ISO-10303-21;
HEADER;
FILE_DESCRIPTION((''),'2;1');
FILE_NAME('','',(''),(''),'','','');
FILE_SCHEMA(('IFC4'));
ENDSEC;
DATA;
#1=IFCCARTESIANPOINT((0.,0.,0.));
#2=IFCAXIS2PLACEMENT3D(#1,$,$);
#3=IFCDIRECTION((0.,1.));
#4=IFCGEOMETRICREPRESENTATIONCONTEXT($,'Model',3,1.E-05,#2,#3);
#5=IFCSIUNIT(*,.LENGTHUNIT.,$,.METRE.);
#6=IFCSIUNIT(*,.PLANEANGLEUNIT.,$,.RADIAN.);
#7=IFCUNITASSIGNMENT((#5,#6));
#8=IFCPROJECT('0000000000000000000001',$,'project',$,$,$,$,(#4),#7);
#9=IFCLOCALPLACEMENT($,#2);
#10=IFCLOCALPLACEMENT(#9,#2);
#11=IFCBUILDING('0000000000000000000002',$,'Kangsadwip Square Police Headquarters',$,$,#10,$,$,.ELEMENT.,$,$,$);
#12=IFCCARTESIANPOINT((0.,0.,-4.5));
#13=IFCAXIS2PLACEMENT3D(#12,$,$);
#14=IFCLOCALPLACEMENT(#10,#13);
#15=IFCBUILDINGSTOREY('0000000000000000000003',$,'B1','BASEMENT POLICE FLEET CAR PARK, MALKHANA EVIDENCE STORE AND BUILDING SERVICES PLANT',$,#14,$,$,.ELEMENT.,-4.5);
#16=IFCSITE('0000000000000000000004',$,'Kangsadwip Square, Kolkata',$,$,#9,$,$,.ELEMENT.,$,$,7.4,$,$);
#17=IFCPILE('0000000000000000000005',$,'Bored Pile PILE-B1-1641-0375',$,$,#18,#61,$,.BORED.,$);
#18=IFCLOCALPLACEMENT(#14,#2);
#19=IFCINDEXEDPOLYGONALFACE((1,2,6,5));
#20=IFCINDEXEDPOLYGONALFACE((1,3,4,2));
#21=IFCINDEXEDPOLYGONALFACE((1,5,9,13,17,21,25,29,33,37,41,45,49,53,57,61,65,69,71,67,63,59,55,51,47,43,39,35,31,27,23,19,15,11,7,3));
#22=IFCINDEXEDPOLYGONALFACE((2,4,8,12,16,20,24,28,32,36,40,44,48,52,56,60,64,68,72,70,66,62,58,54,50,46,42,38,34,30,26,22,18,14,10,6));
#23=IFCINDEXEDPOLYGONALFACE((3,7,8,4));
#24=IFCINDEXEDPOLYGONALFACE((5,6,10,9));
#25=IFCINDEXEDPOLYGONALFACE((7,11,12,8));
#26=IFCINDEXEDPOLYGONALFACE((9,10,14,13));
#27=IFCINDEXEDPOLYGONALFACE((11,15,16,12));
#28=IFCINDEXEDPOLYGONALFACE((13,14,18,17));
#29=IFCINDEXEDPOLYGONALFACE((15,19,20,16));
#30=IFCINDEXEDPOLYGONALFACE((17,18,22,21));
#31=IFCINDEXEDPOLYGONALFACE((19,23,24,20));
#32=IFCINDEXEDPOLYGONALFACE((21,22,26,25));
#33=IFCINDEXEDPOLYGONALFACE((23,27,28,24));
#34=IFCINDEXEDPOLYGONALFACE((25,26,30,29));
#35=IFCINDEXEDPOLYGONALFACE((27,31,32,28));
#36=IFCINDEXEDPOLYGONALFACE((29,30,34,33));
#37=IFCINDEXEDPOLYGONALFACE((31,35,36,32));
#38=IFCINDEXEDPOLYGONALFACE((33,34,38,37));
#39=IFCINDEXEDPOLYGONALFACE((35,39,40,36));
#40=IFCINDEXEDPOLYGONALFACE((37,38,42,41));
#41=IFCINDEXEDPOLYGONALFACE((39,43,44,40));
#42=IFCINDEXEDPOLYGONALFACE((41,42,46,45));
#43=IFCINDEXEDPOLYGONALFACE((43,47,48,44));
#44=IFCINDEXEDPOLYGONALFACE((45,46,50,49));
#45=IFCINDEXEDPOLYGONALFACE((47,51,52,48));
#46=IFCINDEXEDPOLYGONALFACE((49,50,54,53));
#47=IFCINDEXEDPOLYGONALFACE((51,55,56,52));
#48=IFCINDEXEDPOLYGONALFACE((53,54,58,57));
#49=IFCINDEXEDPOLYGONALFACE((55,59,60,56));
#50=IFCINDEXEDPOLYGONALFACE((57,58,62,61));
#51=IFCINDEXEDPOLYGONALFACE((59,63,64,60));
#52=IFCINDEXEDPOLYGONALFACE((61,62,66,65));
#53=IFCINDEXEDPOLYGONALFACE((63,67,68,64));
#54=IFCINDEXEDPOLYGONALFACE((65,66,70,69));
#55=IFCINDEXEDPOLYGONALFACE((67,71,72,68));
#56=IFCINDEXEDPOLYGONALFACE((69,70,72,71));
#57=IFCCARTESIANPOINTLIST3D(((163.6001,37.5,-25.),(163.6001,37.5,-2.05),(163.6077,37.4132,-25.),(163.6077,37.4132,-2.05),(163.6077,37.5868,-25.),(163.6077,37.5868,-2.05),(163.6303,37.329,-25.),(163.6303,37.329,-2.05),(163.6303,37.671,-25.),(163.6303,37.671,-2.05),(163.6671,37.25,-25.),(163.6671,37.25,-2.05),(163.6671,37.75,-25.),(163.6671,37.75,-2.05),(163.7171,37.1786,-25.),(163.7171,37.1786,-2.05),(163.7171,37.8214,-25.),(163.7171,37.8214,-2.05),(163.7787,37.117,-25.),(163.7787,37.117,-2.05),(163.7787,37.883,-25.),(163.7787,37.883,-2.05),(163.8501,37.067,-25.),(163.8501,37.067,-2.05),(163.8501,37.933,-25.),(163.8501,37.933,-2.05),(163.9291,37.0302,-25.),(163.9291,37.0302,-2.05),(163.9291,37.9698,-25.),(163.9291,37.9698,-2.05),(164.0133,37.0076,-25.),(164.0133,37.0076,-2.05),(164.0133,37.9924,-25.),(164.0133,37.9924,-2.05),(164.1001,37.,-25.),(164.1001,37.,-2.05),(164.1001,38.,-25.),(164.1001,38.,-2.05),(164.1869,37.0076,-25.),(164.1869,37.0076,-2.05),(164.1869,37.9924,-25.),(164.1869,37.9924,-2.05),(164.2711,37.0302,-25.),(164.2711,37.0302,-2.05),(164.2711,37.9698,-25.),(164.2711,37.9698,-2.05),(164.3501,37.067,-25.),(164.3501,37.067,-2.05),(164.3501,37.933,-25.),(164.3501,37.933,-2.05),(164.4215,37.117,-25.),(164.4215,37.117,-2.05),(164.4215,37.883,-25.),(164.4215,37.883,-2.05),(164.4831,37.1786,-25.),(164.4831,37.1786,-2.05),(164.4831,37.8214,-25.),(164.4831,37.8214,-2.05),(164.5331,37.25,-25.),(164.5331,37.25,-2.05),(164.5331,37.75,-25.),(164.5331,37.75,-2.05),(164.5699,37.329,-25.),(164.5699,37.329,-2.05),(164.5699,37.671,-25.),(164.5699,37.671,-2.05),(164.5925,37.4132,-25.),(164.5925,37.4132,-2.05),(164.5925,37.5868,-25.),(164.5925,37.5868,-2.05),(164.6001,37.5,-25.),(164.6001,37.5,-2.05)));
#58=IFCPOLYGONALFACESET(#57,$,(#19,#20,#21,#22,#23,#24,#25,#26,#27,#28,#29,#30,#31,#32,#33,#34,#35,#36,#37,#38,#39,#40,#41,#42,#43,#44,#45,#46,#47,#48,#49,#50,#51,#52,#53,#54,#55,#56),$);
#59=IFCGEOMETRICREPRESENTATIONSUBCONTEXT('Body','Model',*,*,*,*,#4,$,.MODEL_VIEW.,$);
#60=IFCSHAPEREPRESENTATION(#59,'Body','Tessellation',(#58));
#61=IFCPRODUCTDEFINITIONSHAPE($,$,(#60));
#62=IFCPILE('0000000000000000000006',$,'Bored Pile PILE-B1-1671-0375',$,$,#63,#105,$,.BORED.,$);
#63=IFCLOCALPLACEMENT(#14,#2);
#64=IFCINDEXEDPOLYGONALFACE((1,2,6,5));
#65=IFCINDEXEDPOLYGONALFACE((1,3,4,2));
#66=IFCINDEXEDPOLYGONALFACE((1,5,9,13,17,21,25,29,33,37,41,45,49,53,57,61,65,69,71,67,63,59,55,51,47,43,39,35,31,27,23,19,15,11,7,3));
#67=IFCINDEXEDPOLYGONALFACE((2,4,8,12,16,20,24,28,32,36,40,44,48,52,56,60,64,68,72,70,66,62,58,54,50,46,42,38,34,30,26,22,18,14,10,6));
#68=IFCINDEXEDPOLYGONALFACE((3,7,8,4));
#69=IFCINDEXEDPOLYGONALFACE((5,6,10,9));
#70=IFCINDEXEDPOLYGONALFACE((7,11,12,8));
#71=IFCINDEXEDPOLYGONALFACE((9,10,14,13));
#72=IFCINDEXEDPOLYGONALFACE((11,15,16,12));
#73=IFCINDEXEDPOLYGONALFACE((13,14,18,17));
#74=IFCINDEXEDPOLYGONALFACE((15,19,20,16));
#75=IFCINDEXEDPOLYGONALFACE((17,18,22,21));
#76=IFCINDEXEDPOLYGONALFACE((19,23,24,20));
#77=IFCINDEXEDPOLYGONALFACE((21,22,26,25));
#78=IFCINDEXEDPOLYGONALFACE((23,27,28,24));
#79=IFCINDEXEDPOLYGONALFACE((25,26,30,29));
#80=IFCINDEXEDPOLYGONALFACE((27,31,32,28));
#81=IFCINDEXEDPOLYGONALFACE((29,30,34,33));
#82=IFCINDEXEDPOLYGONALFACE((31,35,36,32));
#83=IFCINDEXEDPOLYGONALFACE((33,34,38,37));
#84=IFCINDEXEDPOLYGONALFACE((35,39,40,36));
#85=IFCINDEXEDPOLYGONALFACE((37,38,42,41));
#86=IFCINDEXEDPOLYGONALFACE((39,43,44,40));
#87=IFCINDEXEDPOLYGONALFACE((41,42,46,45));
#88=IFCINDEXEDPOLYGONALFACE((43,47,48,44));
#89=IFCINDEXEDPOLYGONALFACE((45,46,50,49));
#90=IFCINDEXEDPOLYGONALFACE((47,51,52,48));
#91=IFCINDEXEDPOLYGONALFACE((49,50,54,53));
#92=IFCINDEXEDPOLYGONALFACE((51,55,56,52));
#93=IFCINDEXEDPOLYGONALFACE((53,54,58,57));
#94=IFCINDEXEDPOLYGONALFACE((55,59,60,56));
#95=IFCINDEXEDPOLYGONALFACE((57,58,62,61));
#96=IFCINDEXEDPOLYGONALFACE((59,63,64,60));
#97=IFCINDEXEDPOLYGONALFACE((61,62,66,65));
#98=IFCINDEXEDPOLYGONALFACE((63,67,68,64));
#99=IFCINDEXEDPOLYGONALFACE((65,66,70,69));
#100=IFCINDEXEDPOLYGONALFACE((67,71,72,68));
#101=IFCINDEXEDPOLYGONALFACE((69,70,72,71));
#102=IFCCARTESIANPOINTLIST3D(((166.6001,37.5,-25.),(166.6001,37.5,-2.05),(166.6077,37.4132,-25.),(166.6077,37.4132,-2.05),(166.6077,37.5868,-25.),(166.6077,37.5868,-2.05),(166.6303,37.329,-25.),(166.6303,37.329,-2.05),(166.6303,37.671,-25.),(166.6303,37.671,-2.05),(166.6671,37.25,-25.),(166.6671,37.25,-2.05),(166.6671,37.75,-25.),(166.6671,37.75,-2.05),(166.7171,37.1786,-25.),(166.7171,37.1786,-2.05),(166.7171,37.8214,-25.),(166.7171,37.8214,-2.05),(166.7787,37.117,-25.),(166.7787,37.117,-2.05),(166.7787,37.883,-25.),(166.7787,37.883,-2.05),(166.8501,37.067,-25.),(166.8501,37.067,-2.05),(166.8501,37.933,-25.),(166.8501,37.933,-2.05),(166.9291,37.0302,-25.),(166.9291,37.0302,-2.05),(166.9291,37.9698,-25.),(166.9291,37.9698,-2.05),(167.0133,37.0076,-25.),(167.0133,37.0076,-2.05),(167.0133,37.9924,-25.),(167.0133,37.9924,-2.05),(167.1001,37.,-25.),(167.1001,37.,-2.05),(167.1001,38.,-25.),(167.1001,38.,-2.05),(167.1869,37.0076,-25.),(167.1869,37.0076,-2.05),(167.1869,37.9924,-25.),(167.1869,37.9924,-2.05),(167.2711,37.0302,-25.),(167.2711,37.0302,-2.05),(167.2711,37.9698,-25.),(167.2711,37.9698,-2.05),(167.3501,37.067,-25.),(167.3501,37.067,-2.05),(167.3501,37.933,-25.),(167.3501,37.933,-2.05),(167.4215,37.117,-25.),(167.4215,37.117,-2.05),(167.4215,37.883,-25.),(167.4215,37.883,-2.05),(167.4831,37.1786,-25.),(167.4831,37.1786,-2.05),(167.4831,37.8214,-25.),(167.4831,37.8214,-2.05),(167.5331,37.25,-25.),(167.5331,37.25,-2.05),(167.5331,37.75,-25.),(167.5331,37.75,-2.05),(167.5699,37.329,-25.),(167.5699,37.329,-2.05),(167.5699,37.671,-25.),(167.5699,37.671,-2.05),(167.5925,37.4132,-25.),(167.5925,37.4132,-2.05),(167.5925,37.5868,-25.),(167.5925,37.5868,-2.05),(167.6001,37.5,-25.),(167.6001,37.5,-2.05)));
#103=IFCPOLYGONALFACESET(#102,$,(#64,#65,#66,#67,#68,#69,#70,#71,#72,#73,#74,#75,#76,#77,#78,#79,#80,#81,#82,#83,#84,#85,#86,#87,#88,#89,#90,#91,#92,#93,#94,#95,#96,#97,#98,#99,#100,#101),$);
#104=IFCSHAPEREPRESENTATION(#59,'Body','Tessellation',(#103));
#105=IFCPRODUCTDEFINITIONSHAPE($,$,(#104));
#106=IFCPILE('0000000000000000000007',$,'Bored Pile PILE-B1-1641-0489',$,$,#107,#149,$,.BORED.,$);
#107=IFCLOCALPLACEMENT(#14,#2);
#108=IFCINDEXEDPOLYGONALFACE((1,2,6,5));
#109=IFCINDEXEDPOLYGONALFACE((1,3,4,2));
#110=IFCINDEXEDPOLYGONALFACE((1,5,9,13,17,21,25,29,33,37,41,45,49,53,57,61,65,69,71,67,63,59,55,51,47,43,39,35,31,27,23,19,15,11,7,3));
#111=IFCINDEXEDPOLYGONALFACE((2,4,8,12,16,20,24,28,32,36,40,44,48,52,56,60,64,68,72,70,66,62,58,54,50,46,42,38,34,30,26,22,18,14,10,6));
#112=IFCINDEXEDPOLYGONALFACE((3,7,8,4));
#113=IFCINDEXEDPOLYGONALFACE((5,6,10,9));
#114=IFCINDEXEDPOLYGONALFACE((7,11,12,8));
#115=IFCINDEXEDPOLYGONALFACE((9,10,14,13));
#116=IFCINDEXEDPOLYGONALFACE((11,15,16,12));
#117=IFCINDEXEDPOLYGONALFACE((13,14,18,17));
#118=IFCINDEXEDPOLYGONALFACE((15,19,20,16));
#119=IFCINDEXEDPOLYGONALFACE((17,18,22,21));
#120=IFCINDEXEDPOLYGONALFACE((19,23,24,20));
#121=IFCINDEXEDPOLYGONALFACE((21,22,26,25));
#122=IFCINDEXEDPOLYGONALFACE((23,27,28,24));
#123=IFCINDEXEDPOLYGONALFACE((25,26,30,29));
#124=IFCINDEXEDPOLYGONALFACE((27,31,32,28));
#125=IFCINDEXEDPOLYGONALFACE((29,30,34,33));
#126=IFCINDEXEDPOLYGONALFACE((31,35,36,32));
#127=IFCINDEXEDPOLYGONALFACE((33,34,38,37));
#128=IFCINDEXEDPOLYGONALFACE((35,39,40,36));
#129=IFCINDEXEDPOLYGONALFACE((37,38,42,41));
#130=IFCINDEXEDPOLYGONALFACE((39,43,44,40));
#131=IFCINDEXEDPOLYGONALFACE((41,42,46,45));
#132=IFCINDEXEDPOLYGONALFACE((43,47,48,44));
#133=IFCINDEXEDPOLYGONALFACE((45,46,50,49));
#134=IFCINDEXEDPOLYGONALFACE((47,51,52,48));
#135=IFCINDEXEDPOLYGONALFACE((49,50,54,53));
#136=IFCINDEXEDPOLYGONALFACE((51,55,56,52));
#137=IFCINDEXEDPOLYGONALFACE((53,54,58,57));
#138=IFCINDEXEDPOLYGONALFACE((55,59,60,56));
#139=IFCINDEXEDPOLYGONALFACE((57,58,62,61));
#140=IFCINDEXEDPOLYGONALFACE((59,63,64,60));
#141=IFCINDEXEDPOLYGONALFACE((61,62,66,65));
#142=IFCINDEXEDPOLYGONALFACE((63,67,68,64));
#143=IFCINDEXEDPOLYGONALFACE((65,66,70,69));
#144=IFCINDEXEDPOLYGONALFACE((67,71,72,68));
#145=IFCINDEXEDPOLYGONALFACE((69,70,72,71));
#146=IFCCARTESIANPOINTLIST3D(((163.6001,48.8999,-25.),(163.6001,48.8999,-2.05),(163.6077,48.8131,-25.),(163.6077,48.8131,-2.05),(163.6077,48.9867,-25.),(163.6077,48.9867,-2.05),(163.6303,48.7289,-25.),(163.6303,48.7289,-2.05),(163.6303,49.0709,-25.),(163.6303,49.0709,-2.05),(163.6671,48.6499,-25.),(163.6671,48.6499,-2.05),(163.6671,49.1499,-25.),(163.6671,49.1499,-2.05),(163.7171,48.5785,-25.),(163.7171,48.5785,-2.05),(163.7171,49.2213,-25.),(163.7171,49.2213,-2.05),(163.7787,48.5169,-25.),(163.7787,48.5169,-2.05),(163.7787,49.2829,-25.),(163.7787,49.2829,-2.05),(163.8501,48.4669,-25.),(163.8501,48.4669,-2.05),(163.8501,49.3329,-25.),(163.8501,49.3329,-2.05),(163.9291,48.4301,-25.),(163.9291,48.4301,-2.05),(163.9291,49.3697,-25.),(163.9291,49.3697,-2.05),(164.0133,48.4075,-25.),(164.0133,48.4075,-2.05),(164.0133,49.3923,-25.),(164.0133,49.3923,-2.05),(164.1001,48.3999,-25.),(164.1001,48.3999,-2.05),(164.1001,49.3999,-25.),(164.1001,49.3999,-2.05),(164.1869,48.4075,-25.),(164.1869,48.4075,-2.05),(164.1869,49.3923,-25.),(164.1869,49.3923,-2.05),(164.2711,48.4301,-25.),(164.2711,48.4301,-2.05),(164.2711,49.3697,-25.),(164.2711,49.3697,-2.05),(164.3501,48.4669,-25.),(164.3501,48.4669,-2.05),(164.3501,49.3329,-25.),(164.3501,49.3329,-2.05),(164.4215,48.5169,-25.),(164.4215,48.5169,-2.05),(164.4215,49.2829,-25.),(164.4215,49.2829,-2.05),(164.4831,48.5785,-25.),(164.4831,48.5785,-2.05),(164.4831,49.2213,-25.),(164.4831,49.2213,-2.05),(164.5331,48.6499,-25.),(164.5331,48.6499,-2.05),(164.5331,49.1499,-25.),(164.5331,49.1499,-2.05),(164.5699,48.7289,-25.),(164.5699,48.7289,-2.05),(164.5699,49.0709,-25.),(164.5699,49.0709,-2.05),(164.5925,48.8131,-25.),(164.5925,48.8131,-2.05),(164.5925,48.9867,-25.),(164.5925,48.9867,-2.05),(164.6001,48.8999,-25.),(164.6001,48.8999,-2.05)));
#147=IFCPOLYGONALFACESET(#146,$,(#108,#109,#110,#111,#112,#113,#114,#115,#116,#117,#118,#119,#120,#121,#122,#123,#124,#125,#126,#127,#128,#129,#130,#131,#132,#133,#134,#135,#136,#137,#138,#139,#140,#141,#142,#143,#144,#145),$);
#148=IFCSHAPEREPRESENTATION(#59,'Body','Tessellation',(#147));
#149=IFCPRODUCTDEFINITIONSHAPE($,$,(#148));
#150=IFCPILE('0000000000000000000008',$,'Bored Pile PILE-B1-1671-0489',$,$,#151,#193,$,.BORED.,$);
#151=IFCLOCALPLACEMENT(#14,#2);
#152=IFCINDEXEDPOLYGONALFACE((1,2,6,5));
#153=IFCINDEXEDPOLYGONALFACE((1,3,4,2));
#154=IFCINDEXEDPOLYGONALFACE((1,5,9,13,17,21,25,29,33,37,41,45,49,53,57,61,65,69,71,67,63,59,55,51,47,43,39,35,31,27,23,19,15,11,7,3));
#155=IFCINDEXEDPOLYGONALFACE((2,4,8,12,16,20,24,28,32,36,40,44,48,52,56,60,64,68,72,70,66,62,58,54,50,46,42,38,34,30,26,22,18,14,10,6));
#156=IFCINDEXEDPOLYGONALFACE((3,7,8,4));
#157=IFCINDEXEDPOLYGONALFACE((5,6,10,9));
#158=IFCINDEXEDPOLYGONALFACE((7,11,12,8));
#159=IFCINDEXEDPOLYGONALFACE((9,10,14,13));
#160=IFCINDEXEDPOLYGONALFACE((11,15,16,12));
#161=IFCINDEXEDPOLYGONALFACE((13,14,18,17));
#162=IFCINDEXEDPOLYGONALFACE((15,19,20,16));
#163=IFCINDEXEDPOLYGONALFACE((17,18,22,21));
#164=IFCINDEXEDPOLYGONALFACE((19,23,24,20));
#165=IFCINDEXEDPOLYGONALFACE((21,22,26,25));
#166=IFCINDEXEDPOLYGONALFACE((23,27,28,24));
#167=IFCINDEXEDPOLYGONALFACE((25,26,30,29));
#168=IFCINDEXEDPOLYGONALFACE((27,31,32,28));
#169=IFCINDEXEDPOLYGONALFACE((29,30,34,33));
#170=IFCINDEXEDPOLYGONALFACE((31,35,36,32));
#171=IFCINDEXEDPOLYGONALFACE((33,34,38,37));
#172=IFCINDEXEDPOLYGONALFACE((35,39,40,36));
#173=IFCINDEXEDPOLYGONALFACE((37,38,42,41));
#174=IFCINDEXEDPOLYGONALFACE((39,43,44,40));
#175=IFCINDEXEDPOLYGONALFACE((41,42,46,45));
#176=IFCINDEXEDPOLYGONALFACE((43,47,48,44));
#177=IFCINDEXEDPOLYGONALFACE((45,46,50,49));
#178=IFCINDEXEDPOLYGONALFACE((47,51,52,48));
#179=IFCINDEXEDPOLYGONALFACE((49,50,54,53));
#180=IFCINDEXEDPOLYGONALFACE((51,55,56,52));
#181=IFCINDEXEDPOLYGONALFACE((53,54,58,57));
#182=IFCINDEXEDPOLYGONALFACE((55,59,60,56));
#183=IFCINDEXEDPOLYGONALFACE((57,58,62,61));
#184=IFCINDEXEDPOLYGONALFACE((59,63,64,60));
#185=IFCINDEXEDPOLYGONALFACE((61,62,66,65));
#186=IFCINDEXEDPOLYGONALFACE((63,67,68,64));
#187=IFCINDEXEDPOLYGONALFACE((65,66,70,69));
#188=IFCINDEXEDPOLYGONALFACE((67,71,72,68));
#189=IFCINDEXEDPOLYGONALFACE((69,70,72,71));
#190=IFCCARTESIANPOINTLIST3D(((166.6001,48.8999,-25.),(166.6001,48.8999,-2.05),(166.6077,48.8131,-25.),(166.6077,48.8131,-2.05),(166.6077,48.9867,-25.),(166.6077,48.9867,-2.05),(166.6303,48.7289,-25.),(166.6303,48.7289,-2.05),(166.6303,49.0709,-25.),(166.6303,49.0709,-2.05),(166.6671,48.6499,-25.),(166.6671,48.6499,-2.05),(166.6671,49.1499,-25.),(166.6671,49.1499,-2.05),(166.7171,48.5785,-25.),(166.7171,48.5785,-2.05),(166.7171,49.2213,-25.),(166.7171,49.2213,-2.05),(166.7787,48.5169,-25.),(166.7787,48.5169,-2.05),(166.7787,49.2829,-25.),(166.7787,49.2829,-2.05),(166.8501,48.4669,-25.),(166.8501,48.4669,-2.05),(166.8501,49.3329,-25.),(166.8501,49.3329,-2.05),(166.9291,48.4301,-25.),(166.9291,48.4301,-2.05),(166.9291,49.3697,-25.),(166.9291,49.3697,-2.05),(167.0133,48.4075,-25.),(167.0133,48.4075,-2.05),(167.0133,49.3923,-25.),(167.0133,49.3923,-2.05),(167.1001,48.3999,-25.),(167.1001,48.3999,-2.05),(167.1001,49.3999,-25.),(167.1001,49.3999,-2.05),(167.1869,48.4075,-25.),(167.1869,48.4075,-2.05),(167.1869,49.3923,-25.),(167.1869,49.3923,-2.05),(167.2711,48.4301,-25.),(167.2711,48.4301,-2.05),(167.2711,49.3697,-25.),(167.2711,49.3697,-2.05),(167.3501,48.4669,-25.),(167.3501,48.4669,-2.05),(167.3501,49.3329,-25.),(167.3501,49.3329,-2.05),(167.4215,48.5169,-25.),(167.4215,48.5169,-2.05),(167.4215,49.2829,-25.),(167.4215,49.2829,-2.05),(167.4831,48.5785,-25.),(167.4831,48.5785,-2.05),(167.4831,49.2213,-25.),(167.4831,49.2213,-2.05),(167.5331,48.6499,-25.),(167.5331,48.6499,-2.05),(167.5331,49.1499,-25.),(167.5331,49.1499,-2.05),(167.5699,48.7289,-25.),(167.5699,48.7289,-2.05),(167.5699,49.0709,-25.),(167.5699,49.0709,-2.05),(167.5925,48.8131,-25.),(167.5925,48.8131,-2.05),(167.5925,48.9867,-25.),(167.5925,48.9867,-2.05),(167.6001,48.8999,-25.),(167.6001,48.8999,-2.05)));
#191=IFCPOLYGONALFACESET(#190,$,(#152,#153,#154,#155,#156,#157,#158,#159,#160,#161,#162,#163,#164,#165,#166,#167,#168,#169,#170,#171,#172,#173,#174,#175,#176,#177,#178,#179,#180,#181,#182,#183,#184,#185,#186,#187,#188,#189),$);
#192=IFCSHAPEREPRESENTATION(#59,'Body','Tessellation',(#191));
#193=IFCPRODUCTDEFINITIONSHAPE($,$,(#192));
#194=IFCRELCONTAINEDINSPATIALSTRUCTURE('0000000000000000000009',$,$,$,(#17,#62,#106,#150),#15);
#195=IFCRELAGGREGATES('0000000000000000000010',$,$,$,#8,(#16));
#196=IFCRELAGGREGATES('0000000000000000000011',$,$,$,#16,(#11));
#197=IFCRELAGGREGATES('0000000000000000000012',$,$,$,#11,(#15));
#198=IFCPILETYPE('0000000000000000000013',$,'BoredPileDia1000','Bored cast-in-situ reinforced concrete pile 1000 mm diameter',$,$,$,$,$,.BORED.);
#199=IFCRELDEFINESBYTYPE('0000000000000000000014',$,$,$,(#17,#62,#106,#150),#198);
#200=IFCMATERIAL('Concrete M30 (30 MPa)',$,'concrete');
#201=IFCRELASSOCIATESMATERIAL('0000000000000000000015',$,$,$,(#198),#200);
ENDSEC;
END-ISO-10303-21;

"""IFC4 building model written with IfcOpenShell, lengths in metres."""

from ifc_helpers import new_model, si_unit, direction, frame, origin, origin_2d, place, context, subcontext, project, spatial, circle, extrude, material, material_profile, profile_set, type_object, element, save


model = new_model("IFC4")

# Units and contexts
model_context = context("Model", 3, precision=1e-05, world=origin(), true_north=direction((0.0, 1.0)))
body_context = subcontext(model_context, "Body", "Model", "MODEL_VIEW")
ifc_project = project(units=[si_unit("LENGTHUNIT", "METRE"), si_unit("PLANEANGLEUNIT", "RADIAN")], contexts=[model_context])

# Site, building, storey
site_placement = place(None, origin())
site = spatial("IfcSite", under=ifc_project, at=site_placement, Name="Kangsadwip Square, Kolkata", CompositionType="ELEMENT", RefElevation=7.4)
building_placement = place(site_placement, origin())
building = spatial("IfcBuilding", under=site, at=building_placement, Name="Kangsadwip Square Police Headquarters", CompositionType="ELEMENT")
storey_placement = place(building_placement, frame((0.0, 0.0, -4.5)))
storey = spatial("IfcBuildingStorey", under=building, at=storey_placement, Name="B1", Description="BASEMENT POLICE FLEET CAR PARK, MALKHANA EVIDENCE STORE AND BUILDING SERVICES PLANT", CompositionType="ELEMENT", Elevation=-4.5)

# Piles
ifc_material_1 = material(Name="Concrete M30 (30 MPa)", Category="concrete")
ifc_material_profile_1 = material_profile(ifc_material_1, circle(Radius=0.5, at=origin_2d()), Name="PILE DIA 1000")
ifc_profile_set_1 = profile_set([ifc_material_profile_1], Name="Concrete M30 (30 MPa)")
pile_type_1 = type_object("IfcPileType", Name="BoredPileDia1000", Description="Bored cast-in-situ reinforced concrete pile 1000 mm diameter", PredefinedType="BORED", material=ifc_profile_set_1)
for number, where, z_axis, x_axis, name in (
    (1, (164.1001, 37.5, -2.05), (0.0, 0.0, -1.0), (1.0, 0.0, 0.0), "Bored Pile PILE-B1-1641-0375"),
    (2, (167.1001, 37.5, -2.05), (0.0, 0.0, -1.0), (1.0, 0.0, 0.0), "Bored Pile PILE-B1-1671-0375"),
    (3, (164.1001, 48.8999, -2.05), (0.0, 0.0, -1.0), (1.0, 0.0, 0.0), "Bored Pile PILE-B1-1641-0489"),
    (4, (167.1001, 48.8999, -2.05), (0.0, 0.0, -1.0), (1.0, 0.0, 0.0), "Bored Pile PILE-B1-1671-0489"),
):
    element("IfcPile", number, at=place(storey_placement, frame(where, z_axis=z_axis, x_axis=x_axis)), inside=storey, type_object=pile_type_1, Name=name, PredefinedType="BORED", context=body_context, shape_type="SweptSolid", body=[
        extrude(circle(Radius=0.5, at=origin_2d()), origin(), (0.0, 0.0, 1.0), 22.95),
    ])

save(model, "model.ifc")
